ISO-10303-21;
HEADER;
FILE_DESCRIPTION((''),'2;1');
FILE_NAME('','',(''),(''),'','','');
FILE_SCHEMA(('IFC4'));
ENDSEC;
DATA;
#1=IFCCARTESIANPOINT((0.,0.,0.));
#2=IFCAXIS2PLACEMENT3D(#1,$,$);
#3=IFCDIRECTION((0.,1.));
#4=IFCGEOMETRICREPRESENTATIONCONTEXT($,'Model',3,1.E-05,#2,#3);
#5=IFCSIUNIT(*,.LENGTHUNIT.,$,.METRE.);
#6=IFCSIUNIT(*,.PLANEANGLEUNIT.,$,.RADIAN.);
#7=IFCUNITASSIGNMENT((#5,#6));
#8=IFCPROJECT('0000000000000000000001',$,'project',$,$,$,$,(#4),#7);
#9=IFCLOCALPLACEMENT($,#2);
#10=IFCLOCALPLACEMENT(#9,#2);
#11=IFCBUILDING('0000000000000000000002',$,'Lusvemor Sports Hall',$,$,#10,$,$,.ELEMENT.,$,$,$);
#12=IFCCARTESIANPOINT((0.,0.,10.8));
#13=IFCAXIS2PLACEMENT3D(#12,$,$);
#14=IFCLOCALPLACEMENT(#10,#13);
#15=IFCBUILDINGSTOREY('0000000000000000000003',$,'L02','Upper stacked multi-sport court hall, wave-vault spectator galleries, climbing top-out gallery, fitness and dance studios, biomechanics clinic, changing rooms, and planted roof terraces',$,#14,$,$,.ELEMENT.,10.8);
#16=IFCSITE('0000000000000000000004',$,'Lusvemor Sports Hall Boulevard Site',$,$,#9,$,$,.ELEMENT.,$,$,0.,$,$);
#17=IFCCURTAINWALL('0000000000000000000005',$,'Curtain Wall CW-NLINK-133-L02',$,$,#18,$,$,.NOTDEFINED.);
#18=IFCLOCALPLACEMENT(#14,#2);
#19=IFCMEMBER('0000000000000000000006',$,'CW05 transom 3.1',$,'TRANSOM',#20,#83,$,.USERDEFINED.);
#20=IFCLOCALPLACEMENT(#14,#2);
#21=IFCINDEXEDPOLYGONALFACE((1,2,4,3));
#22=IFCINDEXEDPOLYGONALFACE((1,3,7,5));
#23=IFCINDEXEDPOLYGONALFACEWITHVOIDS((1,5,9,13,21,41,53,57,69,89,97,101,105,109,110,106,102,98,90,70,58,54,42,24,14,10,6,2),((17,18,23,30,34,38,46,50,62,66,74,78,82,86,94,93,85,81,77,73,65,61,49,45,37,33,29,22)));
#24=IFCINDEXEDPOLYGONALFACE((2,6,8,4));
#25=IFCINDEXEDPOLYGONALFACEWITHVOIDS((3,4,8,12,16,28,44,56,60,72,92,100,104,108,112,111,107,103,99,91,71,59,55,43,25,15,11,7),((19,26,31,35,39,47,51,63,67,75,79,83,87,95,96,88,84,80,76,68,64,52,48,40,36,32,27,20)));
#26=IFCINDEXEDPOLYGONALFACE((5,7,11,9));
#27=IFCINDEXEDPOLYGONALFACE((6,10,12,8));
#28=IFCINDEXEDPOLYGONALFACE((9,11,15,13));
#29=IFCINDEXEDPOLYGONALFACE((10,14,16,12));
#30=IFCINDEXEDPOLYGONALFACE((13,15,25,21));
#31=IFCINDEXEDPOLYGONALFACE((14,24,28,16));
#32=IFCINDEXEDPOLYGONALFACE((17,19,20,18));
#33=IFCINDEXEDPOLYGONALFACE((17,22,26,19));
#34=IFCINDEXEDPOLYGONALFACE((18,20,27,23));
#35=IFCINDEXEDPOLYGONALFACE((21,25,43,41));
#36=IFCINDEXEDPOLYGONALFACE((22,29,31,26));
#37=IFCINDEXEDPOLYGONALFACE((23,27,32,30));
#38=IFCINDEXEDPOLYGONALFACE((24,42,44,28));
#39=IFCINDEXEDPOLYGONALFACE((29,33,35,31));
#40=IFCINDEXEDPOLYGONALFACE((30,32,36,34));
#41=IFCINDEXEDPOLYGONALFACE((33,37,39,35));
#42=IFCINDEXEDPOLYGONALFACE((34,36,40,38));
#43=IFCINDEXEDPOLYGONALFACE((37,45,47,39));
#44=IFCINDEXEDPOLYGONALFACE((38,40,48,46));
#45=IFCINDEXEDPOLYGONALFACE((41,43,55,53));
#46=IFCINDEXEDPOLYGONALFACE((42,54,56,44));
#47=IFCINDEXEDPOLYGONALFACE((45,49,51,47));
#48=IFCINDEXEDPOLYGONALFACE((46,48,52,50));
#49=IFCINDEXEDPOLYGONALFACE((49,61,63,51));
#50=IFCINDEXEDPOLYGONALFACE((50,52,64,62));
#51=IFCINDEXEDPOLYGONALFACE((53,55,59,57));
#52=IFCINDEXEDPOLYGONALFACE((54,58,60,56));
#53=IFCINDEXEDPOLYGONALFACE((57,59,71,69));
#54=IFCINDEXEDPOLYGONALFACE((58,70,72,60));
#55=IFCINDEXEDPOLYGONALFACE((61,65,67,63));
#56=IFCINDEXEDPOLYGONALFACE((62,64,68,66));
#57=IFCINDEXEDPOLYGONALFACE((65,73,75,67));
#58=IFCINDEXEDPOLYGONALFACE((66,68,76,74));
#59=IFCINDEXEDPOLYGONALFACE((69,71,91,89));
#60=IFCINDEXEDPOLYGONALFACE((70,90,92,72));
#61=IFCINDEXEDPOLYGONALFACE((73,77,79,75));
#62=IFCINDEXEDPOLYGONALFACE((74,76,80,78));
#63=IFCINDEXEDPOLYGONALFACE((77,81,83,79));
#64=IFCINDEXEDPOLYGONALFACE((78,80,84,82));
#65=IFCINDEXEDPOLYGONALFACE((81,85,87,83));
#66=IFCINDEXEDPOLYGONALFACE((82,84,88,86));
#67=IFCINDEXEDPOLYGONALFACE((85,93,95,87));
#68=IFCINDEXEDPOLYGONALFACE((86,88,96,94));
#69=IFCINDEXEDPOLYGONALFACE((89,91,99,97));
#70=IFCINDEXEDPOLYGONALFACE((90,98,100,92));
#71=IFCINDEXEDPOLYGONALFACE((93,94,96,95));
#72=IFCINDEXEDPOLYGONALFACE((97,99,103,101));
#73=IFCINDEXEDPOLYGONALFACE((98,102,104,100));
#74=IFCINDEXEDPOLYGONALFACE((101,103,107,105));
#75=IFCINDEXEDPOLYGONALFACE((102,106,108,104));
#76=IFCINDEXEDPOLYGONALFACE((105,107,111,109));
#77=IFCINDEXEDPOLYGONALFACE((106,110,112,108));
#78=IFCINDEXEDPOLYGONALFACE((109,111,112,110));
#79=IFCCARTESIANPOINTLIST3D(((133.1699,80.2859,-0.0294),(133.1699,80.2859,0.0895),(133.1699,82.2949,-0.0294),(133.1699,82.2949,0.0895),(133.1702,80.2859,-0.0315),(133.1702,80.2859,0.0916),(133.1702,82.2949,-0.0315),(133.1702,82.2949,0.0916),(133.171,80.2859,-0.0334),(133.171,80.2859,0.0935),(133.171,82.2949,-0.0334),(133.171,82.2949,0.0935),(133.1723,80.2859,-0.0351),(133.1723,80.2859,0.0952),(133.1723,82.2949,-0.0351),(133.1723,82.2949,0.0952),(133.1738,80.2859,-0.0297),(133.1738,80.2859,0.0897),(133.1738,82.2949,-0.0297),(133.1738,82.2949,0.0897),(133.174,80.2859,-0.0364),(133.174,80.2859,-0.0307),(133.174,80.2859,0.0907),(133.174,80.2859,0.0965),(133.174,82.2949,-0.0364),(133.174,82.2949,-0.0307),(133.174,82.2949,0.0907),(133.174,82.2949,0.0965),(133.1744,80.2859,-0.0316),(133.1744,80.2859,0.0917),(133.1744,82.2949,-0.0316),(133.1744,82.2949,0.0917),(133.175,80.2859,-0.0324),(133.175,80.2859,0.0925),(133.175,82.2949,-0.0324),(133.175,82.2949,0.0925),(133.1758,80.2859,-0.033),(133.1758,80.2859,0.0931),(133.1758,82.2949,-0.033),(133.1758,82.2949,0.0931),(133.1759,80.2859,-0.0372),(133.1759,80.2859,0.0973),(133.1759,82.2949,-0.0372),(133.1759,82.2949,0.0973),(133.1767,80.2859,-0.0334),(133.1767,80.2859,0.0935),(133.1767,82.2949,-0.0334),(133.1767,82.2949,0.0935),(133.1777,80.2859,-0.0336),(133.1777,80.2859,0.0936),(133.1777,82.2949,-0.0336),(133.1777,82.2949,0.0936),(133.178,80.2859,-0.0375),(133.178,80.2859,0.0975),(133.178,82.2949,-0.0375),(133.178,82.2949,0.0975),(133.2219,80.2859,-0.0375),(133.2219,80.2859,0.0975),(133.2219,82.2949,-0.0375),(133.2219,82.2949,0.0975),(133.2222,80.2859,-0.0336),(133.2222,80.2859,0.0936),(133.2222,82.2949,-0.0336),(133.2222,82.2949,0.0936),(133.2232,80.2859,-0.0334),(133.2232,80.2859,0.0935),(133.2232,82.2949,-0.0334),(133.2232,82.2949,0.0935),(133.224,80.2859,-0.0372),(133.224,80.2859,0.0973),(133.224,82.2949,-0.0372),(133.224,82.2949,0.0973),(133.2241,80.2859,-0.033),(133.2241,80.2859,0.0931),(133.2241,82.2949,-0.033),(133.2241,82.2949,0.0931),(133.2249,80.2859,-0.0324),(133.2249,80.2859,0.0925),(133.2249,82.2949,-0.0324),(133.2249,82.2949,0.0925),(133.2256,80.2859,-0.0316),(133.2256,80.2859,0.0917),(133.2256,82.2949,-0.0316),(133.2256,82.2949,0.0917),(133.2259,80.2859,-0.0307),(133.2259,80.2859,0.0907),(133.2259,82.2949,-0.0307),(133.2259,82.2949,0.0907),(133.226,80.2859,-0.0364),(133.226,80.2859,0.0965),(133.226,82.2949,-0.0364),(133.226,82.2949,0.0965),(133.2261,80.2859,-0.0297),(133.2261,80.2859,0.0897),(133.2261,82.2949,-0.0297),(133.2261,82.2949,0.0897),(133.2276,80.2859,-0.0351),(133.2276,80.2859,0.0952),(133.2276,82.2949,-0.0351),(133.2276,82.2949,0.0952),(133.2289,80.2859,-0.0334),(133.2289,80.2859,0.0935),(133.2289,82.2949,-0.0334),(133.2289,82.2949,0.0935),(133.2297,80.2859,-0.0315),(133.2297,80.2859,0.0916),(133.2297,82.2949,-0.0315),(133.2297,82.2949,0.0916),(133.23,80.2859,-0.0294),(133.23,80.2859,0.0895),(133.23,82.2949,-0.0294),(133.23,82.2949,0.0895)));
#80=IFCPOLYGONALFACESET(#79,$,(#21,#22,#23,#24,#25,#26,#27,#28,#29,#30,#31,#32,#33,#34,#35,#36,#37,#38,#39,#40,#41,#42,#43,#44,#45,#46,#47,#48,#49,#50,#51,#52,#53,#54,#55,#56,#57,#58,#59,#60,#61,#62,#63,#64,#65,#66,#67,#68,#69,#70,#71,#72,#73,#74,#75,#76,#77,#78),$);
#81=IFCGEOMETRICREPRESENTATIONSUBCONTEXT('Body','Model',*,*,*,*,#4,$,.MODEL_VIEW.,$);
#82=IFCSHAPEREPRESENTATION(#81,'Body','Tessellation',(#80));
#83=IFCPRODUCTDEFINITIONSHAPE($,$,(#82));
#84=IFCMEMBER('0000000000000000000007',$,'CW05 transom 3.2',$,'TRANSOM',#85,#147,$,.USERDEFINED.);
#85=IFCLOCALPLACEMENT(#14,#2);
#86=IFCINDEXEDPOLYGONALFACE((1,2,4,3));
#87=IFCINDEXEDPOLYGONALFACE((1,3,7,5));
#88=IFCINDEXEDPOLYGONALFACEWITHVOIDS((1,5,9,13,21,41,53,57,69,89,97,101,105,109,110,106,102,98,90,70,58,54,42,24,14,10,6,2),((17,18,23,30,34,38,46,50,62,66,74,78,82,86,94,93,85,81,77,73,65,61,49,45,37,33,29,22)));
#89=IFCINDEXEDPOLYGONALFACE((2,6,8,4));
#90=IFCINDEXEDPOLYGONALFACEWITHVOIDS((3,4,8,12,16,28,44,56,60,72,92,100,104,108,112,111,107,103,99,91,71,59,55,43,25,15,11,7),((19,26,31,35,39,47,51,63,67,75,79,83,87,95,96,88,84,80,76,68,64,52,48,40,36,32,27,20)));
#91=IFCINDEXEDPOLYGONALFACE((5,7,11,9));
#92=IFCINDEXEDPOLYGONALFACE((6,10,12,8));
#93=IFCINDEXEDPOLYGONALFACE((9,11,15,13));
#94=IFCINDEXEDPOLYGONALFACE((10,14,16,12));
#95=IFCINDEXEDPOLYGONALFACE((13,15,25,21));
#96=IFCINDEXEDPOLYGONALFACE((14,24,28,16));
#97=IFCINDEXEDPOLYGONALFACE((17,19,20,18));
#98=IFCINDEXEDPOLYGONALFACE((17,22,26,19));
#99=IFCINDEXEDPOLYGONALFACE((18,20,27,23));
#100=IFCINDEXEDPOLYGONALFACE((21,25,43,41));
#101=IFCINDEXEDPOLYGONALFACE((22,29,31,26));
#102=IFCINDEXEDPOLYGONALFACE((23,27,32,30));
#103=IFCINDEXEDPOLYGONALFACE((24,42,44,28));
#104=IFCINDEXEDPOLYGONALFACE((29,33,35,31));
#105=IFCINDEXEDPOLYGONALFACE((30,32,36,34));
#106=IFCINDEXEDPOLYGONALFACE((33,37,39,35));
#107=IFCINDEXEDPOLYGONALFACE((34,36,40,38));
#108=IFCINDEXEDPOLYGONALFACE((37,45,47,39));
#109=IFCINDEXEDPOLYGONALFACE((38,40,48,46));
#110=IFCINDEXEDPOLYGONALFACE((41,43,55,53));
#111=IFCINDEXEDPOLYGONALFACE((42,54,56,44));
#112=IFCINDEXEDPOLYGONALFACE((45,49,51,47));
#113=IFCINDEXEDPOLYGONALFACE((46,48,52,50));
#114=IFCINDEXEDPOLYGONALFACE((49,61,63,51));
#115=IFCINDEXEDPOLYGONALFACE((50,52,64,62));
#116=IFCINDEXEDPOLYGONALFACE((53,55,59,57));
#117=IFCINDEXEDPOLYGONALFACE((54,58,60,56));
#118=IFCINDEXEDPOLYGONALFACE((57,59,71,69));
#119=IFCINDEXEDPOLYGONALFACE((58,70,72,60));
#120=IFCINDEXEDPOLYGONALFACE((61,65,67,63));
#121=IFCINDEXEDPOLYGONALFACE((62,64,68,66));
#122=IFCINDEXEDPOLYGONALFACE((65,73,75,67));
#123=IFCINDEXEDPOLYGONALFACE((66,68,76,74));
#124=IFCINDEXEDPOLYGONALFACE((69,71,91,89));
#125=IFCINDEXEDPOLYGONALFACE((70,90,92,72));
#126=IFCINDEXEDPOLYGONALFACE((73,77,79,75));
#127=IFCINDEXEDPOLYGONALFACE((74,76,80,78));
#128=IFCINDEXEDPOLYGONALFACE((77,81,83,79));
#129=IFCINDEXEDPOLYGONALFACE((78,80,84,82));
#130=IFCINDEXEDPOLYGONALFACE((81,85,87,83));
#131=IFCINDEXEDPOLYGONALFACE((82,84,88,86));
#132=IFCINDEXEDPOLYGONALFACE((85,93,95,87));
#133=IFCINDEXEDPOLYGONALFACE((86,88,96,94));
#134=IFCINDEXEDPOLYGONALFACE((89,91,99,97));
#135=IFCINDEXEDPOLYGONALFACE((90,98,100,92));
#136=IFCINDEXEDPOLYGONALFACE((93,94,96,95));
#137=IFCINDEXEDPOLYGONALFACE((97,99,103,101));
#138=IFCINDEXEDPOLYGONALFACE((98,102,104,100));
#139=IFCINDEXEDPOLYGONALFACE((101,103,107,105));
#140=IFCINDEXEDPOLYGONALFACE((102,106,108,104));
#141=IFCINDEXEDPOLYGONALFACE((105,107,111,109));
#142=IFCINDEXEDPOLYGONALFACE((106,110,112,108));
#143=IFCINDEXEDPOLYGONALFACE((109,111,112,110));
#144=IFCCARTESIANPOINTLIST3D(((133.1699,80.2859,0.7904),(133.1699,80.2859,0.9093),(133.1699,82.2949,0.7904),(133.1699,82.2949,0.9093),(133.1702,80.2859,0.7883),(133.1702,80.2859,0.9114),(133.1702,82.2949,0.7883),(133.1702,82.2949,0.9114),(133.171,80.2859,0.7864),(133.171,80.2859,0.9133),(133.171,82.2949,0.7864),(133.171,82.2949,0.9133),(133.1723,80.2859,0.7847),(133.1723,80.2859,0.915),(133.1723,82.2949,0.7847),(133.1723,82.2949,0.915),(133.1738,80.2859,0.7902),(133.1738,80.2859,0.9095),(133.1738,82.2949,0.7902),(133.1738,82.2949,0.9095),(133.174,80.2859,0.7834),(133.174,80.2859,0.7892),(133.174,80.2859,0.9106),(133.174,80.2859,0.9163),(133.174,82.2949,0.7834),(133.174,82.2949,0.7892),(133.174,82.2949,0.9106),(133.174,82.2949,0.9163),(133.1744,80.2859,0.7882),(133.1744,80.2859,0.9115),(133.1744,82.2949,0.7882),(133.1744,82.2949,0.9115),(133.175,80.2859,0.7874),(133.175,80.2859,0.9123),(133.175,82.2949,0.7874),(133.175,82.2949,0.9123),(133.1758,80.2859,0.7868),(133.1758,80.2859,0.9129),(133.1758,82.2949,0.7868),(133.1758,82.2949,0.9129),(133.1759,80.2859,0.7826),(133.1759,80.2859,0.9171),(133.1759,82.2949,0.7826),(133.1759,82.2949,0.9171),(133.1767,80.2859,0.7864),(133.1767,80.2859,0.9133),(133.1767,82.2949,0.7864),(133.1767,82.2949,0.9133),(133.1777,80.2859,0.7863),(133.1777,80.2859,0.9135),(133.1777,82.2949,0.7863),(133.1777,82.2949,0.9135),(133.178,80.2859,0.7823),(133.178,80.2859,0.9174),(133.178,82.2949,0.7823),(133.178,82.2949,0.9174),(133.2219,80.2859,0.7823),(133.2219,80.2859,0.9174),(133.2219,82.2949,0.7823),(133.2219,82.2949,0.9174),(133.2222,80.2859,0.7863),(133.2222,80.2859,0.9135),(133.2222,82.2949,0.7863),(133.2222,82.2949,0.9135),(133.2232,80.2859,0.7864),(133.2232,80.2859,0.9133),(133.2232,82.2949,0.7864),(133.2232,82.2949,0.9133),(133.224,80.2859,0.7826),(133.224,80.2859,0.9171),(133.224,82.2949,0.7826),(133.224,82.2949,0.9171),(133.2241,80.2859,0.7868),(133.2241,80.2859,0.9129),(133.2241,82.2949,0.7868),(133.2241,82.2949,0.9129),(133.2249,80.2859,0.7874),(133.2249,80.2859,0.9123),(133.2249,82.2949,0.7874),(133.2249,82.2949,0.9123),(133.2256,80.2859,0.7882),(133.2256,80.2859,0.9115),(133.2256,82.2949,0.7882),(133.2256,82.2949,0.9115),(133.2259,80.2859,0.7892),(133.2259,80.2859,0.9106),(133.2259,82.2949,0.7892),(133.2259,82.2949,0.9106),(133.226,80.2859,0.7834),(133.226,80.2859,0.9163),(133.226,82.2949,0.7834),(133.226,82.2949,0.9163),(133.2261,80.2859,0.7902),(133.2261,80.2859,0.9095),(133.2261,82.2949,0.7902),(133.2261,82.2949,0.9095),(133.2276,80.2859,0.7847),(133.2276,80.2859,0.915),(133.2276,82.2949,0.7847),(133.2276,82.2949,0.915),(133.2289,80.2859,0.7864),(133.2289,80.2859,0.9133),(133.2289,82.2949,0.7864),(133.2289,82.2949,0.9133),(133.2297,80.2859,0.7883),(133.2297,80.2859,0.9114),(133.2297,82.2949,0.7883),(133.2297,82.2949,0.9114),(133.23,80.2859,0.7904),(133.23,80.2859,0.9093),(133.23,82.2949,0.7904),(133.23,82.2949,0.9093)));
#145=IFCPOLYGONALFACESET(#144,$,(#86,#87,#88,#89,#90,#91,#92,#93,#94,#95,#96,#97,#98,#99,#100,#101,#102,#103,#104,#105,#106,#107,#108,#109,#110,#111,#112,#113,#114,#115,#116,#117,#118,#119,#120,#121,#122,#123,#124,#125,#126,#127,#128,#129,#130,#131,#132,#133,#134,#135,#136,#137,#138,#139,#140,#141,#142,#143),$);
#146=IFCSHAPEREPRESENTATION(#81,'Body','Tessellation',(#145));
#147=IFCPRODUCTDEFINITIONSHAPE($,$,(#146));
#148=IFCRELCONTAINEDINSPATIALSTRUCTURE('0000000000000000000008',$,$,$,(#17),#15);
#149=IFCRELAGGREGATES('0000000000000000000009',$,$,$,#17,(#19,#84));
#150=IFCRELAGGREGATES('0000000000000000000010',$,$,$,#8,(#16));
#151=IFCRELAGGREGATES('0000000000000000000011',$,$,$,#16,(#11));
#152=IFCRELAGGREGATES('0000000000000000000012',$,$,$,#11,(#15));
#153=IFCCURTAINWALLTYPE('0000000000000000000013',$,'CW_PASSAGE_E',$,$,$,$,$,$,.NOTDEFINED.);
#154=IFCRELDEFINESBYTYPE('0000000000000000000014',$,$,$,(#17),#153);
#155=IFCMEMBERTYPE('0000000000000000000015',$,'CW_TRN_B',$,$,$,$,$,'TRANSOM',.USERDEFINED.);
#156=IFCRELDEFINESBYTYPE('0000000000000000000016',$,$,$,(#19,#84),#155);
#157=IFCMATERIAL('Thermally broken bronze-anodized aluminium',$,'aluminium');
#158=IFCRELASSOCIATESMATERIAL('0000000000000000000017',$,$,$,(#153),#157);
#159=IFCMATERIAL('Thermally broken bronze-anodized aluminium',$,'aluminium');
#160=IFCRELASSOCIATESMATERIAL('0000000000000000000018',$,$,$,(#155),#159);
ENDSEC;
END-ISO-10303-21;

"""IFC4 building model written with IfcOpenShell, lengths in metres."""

from ifc_helpers import new_model, si_unit, direction, frame, origin, origin_2d, place, context, subcontext, project, spatial, hollow_rectangle, extrude, material, material_profile, profile_set, type_object, element, aggregate, save


model = new_model("IFC4")

# Units and contexts
model_context = context("Model", 3, precision=1e-05, world=origin(), true_north=direction((0.0, 1.0)))
body_context = subcontext(model_context, "Body", "Model", "MODEL_VIEW")
ifc_project = project(units=[si_unit("LENGTHUNIT", "METRE"), si_unit("PLANEANGLEUNIT", "RADIAN")], contexts=[model_context])

# Site, building, storey
site_placement = place(None, origin())
site = spatial("IfcSite", under=ifc_project, at=site_placement, Name="Lusvemor Sports Hall Boulevard Site", CompositionType="ELEMENT", RefElevation=0.0)
building_placement = place(site_placement, origin())
building = spatial("IfcBuilding", under=site, at=building_placement, Name="Lusvemor Sports Hall", CompositionType="ELEMENT")
storey_placement = place(building_placement, frame((0.0, 0.0, 10.8)))
storey = spatial("IfcBuildingStorey", under=building, at=storey_placement, Name="L02", Description="Upper stacked multi-sport court hall, wave-vault spectator galleries, climbing top-out gallery, fitness and dance studios, biomechanics clinic, changing rooms, and planted roof terraces", CompositionType="ELEMENT", Elevation=10.8)

# Curtain wall
ifc_material_1 = material(Name="Thermally broken bronze-anodized aluminium", Category="aluminium")
curtain_wall_type_1 = type_object("IfcCurtainWallType", Name="CW_PASSAGE_E", PredefinedType="NOTDEFINED", material=ifc_material_1)
curtain_wall_1_placement = place(storey_placement, origin())
curtain_wall_1 = element("IfcCurtainWall", 1, at=curtain_wall_1_placement, inside=storey, type_object=curtain_wall_type_1, Name="Curtain Wall CW-NLINK-133-L02", PredefinedType="NOTDEFINED")

# Members
ifc_material_2 = material(Name="Thermally broken bronze-anodized aluminium", Category="aluminium")
ifc_material_profile_1 = material_profile(ifc_material_2, hollow_rectangle(XDim=0.0601, YDim=0.135, WallThickness=0.0039, InnerFilletRadius=0.0039, OuterFilletRadius=0.0081, at=origin_2d()), Name="CWTRN135x60x4")
ifc_profile_set_1 = profile_set([ifc_material_profile_1], Name="Thermally broken bronze-anodized aluminium")
member_type_1 = type_object("IfcMemberType", Name="CW_TRN_B", ElementType="TRANSOM", PredefinedType="USERDEFINED", material=ifc_profile_set_1)
member_1_placement = place(storey_placement, frame((133.2, 80.2859, 0.03), z_axis=(0.0, 1.0, 0.0), x_axis=(-1.0, 0.0, 0.0)))
member_1 = element("IfcMember", 2, at=member_1_placement, type_object=member_type_1, Name="CW05 transom 3.1", ObjectType="TRANSOM", PredefinedType="USERDEFINED", context=body_context, shape_type="SweptSolid", body=[
    extrude(hollow_rectangle(XDim=0.0601, YDim=0.135, WallThickness=0.0039, InnerFilletRadius=0.0039, OuterFilletRadius=0.0081, at=origin_2d()), origin(), (0.0, 0.0, 1.0), 2.009),
])
member_2_placement = place(storey_placement, frame((133.2, 80.2859, 0.8499), z_axis=(0.0, 1.0, 0.0), x_axis=(-1.0, 0.0, 0.0)))
member_2 = element("IfcMember", 3, at=member_2_placement, type_object=member_type_1, Name="CW05 transom 3.2", ObjectType="TRANSOM", PredefinedType="USERDEFINED", context=body_context, shape_type="SweptSolid", body=[
    extrude(hollow_rectangle(XDim=0.0601, YDim=0.135, WallThickness=0.0039, InnerFilletRadius=0.0039, OuterFilletRadius=0.0081, at=origin_2d()), origin(), (0.0, 0.0, 1.0), 2.009),
])

aggregate(curtain_wall_1, [member_1, member_2])

save(model, "model.ifc")
